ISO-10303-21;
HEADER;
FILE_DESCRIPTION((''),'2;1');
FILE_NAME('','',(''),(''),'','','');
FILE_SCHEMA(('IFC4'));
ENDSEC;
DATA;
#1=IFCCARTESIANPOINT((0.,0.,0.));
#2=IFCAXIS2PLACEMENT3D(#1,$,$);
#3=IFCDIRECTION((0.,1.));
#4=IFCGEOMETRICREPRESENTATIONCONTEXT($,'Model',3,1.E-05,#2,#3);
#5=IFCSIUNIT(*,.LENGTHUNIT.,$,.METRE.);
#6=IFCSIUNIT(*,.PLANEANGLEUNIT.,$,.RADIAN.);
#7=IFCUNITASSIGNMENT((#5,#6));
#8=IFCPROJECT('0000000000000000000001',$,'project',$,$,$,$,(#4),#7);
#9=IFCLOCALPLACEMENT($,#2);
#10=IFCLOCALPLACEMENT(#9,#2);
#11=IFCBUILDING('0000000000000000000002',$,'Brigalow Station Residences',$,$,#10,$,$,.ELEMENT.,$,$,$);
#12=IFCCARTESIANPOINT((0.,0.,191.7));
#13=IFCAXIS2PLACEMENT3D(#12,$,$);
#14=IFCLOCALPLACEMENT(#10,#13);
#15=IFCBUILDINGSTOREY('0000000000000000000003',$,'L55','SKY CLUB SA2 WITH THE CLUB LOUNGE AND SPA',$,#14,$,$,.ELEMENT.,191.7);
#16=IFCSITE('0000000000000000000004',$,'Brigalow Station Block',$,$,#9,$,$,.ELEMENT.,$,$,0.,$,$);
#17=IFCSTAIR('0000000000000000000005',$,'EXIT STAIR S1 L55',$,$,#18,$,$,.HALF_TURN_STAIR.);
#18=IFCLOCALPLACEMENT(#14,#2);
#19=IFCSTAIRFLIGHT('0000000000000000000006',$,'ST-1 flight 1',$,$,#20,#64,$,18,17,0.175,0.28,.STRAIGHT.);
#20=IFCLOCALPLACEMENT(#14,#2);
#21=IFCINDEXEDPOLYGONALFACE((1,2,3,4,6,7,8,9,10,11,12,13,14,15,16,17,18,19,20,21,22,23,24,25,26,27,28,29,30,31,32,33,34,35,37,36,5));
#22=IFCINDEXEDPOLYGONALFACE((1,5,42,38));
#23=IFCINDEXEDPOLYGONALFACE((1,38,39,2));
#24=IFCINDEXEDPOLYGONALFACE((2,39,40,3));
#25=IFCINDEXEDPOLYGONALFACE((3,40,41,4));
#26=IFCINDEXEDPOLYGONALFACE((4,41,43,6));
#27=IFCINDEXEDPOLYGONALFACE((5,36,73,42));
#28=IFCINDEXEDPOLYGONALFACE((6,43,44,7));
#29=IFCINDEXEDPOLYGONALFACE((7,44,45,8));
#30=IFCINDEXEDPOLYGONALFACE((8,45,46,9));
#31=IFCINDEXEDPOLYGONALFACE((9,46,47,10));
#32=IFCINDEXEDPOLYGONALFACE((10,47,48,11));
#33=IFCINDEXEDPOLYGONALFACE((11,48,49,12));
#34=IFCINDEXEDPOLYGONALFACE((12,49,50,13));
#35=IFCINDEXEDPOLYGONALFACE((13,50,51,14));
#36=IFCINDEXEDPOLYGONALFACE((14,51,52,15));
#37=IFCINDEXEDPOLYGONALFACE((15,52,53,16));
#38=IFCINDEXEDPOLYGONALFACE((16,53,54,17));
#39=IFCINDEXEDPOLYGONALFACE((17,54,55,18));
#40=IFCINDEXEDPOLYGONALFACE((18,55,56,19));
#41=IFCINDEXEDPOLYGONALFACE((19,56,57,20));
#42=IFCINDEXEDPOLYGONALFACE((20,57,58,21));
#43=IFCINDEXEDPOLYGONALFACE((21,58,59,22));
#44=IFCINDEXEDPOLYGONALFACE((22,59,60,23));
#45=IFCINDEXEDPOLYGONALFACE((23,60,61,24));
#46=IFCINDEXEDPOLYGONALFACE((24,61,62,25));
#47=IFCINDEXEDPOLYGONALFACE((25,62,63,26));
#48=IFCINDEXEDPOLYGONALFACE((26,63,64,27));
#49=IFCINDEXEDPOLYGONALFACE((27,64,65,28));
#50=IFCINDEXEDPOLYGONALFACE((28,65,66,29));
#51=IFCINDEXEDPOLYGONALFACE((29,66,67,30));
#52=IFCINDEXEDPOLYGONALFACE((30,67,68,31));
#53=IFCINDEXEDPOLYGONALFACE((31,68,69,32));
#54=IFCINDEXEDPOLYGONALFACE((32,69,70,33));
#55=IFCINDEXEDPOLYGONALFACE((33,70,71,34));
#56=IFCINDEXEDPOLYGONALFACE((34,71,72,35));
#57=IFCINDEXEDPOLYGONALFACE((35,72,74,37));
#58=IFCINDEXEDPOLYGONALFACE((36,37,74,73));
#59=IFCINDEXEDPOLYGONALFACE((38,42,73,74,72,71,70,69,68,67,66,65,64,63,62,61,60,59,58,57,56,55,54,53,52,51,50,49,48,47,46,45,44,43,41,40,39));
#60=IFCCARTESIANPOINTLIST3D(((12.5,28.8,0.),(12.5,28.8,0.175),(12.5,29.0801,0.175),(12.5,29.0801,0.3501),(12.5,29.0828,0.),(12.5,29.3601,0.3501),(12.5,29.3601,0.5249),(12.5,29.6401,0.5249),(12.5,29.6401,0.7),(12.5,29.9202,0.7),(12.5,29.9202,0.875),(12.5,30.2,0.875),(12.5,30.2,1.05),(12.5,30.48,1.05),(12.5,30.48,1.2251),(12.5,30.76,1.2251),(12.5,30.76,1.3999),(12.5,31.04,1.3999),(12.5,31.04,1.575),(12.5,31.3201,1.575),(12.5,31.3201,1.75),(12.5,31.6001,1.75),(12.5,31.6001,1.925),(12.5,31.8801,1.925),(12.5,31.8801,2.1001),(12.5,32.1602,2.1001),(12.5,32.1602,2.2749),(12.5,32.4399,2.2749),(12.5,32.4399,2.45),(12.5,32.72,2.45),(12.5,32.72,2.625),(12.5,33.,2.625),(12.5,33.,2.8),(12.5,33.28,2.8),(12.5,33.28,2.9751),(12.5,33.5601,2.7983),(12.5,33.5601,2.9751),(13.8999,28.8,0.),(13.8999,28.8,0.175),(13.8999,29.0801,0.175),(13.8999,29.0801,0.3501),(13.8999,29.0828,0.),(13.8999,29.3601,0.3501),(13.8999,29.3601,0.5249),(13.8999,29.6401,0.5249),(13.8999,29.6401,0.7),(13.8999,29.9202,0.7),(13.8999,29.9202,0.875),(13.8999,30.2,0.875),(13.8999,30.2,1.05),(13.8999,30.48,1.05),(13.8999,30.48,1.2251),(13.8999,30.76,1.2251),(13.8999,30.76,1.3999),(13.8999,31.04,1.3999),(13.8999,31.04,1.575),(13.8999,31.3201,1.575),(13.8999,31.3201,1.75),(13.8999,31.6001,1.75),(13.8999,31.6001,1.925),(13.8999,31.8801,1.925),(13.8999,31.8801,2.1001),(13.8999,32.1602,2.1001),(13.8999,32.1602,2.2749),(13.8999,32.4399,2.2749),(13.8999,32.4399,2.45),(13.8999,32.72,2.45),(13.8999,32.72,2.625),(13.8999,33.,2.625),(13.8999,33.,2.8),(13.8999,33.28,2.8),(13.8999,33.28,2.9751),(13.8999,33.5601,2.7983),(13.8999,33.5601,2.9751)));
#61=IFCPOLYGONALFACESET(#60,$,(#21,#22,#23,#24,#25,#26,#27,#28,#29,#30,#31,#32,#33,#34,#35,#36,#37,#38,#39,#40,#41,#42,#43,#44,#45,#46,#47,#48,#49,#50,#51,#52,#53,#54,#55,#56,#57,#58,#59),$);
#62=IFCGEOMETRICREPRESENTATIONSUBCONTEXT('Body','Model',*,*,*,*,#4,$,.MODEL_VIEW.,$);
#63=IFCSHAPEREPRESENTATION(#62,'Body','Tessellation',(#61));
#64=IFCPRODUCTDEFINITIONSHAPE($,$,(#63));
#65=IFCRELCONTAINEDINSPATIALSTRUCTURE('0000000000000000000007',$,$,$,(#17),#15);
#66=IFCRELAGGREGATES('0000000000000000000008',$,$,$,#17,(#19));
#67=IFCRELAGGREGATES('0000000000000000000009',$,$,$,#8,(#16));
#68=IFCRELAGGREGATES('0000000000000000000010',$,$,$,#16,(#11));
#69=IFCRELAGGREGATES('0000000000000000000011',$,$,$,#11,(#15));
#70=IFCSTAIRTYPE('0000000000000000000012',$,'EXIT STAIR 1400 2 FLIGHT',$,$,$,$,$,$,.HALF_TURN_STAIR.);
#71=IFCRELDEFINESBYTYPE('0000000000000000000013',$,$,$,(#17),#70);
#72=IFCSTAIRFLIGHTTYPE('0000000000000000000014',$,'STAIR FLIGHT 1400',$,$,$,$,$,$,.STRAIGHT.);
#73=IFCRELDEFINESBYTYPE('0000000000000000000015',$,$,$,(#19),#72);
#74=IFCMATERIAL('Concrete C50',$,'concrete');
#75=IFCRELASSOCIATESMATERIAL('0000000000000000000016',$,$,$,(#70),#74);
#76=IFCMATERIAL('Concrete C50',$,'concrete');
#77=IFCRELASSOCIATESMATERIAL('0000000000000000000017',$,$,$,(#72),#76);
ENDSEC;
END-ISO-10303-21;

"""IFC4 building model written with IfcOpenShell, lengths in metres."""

from ifc_helpers import new_model, si_unit, direction, frame, origin, place, context, subcontext, project, spatial, polyline, outline, extrude, material, type_object, element, aggregate, save


model = new_model("IFC4")

# Units and contexts
model_context = context("Model", 3, precision=1e-05, world=origin(), true_north=direction((0.0, 1.0)))
body_context = subcontext(model_context, "Body", "Model", "MODEL_VIEW")
ifc_project = project(units=[si_unit("LENGTHUNIT", "METRE"), si_unit("PLANEANGLEUNIT", "RADIAN")], contexts=[model_context])

# Site, building, storey
site_placement = place(None, origin())
site = spatial("IfcSite", under=ifc_project, at=site_placement, Name="Brigalow Station Block", CompositionType="ELEMENT", RefElevation=0.0)
building_placement = place(site_placement, origin())
building = spatial("IfcBuilding", under=site, at=building_placement, Name="Brigalow Station Residences", CompositionType="ELEMENT")
storey_placement = place(building_placement, frame((0.0, 0.0, 191.7)))
storey = spatial("IfcBuildingStorey", under=building, at=storey_placement, Name="L55", Description="SKY CLUB SA2 WITH THE CLUB LOUNGE AND SPA", CompositionType="ELEMENT", Elevation=191.7)

# Stair, stair flight
ifc_material_1 = material(Name="Concrete C50", Category="concrete")
stair_type = type_object("IfcStairType", Name="EXIT STAIR 1400 2 FLIGHT", PredefinedType="HALF_TURN_STAIR", material=ifc_material_1)
stair_placement = place(storey_placement, origin())
stair = element("IfcStair", 1, at=stair_placement, inside=storey, type_object=stair_type, Name="EXIT STAIR S1 L55", PredefinedType="HALF_TURN_STAIR")
ifc_material_2 = material(Name="Concrete C50", Category="concrete")
stair_flight_type = type_object("IfcStairFlightType", Name="STAIR FLIGHT 1400", PredefinedType="STRAIGHT", material=ifc_material_2)
stair_flight_placement = place(storey_placement, frame((13.2, 28.8, 0.0), z_axis=(0.0, 0.0, 1.0), x_axis=(0.0, 1.0, 0.0)))
stair_flight = element("IfcStairFlight", 2, at=stair_flight_placement, type_object=stair_flight_type, Name="ST-1 flight 1", NumberOfRisers=18, NumberOfTreads=17, PredefinedType="STRAIGHT", RiserHeight=0.175, TreadLength=0.28, context=body_context, shape_type="SweptSolid", body=[
    extrude(outline(polyline([(0.0, 0.0), (0.0, 0.175), (0.28, 0.175), (0.28, 0.3501), (0.5601, 0.3501), (0.5601, 0.5249), (0.8401, 0.5249), (0.8401, 0.7), (1.1201, 0.7), (1.1201, 0.875), (1.3999, 0.875), (1.3999, 1.05), (1.6799, 1.05), (1.6799, 1.2251), (1.96, 1.2251), (1.96, 1.3999), (2.24, 1.3999), (2.24, 1.575), (2.52, 1.575), (2.52, 1.75), (2.8, 1.75), (2.8, 1.925), (3.0801, 1.925), (3.0801, 2.1001), (3.3601, 2.1001), (3.3601, 2.2749), (3.6399, 2.2749), (3.6399, 2.45), (3.9199, 2.45), (3.9199, 2.625), (4.2, 2.625), (4.2, 2.8), (4.48, 2.8), (4.48, 2.9751), (4.76, 2.9751), (4.76, 3.1499), (4.76, 2.7983), (0.2827, 0.0), (0.0, 0.0)])), frame((0.0, 0.7, 0.0), z_axis=(0.0, -1.0, 0.0), x_axis=(1.0, 0.0, 0.0)), (0.0, 0.0, 1.0), 1.3999),
])
aggregate(stair, [stair_flight])

save(model, "model.ifc")
